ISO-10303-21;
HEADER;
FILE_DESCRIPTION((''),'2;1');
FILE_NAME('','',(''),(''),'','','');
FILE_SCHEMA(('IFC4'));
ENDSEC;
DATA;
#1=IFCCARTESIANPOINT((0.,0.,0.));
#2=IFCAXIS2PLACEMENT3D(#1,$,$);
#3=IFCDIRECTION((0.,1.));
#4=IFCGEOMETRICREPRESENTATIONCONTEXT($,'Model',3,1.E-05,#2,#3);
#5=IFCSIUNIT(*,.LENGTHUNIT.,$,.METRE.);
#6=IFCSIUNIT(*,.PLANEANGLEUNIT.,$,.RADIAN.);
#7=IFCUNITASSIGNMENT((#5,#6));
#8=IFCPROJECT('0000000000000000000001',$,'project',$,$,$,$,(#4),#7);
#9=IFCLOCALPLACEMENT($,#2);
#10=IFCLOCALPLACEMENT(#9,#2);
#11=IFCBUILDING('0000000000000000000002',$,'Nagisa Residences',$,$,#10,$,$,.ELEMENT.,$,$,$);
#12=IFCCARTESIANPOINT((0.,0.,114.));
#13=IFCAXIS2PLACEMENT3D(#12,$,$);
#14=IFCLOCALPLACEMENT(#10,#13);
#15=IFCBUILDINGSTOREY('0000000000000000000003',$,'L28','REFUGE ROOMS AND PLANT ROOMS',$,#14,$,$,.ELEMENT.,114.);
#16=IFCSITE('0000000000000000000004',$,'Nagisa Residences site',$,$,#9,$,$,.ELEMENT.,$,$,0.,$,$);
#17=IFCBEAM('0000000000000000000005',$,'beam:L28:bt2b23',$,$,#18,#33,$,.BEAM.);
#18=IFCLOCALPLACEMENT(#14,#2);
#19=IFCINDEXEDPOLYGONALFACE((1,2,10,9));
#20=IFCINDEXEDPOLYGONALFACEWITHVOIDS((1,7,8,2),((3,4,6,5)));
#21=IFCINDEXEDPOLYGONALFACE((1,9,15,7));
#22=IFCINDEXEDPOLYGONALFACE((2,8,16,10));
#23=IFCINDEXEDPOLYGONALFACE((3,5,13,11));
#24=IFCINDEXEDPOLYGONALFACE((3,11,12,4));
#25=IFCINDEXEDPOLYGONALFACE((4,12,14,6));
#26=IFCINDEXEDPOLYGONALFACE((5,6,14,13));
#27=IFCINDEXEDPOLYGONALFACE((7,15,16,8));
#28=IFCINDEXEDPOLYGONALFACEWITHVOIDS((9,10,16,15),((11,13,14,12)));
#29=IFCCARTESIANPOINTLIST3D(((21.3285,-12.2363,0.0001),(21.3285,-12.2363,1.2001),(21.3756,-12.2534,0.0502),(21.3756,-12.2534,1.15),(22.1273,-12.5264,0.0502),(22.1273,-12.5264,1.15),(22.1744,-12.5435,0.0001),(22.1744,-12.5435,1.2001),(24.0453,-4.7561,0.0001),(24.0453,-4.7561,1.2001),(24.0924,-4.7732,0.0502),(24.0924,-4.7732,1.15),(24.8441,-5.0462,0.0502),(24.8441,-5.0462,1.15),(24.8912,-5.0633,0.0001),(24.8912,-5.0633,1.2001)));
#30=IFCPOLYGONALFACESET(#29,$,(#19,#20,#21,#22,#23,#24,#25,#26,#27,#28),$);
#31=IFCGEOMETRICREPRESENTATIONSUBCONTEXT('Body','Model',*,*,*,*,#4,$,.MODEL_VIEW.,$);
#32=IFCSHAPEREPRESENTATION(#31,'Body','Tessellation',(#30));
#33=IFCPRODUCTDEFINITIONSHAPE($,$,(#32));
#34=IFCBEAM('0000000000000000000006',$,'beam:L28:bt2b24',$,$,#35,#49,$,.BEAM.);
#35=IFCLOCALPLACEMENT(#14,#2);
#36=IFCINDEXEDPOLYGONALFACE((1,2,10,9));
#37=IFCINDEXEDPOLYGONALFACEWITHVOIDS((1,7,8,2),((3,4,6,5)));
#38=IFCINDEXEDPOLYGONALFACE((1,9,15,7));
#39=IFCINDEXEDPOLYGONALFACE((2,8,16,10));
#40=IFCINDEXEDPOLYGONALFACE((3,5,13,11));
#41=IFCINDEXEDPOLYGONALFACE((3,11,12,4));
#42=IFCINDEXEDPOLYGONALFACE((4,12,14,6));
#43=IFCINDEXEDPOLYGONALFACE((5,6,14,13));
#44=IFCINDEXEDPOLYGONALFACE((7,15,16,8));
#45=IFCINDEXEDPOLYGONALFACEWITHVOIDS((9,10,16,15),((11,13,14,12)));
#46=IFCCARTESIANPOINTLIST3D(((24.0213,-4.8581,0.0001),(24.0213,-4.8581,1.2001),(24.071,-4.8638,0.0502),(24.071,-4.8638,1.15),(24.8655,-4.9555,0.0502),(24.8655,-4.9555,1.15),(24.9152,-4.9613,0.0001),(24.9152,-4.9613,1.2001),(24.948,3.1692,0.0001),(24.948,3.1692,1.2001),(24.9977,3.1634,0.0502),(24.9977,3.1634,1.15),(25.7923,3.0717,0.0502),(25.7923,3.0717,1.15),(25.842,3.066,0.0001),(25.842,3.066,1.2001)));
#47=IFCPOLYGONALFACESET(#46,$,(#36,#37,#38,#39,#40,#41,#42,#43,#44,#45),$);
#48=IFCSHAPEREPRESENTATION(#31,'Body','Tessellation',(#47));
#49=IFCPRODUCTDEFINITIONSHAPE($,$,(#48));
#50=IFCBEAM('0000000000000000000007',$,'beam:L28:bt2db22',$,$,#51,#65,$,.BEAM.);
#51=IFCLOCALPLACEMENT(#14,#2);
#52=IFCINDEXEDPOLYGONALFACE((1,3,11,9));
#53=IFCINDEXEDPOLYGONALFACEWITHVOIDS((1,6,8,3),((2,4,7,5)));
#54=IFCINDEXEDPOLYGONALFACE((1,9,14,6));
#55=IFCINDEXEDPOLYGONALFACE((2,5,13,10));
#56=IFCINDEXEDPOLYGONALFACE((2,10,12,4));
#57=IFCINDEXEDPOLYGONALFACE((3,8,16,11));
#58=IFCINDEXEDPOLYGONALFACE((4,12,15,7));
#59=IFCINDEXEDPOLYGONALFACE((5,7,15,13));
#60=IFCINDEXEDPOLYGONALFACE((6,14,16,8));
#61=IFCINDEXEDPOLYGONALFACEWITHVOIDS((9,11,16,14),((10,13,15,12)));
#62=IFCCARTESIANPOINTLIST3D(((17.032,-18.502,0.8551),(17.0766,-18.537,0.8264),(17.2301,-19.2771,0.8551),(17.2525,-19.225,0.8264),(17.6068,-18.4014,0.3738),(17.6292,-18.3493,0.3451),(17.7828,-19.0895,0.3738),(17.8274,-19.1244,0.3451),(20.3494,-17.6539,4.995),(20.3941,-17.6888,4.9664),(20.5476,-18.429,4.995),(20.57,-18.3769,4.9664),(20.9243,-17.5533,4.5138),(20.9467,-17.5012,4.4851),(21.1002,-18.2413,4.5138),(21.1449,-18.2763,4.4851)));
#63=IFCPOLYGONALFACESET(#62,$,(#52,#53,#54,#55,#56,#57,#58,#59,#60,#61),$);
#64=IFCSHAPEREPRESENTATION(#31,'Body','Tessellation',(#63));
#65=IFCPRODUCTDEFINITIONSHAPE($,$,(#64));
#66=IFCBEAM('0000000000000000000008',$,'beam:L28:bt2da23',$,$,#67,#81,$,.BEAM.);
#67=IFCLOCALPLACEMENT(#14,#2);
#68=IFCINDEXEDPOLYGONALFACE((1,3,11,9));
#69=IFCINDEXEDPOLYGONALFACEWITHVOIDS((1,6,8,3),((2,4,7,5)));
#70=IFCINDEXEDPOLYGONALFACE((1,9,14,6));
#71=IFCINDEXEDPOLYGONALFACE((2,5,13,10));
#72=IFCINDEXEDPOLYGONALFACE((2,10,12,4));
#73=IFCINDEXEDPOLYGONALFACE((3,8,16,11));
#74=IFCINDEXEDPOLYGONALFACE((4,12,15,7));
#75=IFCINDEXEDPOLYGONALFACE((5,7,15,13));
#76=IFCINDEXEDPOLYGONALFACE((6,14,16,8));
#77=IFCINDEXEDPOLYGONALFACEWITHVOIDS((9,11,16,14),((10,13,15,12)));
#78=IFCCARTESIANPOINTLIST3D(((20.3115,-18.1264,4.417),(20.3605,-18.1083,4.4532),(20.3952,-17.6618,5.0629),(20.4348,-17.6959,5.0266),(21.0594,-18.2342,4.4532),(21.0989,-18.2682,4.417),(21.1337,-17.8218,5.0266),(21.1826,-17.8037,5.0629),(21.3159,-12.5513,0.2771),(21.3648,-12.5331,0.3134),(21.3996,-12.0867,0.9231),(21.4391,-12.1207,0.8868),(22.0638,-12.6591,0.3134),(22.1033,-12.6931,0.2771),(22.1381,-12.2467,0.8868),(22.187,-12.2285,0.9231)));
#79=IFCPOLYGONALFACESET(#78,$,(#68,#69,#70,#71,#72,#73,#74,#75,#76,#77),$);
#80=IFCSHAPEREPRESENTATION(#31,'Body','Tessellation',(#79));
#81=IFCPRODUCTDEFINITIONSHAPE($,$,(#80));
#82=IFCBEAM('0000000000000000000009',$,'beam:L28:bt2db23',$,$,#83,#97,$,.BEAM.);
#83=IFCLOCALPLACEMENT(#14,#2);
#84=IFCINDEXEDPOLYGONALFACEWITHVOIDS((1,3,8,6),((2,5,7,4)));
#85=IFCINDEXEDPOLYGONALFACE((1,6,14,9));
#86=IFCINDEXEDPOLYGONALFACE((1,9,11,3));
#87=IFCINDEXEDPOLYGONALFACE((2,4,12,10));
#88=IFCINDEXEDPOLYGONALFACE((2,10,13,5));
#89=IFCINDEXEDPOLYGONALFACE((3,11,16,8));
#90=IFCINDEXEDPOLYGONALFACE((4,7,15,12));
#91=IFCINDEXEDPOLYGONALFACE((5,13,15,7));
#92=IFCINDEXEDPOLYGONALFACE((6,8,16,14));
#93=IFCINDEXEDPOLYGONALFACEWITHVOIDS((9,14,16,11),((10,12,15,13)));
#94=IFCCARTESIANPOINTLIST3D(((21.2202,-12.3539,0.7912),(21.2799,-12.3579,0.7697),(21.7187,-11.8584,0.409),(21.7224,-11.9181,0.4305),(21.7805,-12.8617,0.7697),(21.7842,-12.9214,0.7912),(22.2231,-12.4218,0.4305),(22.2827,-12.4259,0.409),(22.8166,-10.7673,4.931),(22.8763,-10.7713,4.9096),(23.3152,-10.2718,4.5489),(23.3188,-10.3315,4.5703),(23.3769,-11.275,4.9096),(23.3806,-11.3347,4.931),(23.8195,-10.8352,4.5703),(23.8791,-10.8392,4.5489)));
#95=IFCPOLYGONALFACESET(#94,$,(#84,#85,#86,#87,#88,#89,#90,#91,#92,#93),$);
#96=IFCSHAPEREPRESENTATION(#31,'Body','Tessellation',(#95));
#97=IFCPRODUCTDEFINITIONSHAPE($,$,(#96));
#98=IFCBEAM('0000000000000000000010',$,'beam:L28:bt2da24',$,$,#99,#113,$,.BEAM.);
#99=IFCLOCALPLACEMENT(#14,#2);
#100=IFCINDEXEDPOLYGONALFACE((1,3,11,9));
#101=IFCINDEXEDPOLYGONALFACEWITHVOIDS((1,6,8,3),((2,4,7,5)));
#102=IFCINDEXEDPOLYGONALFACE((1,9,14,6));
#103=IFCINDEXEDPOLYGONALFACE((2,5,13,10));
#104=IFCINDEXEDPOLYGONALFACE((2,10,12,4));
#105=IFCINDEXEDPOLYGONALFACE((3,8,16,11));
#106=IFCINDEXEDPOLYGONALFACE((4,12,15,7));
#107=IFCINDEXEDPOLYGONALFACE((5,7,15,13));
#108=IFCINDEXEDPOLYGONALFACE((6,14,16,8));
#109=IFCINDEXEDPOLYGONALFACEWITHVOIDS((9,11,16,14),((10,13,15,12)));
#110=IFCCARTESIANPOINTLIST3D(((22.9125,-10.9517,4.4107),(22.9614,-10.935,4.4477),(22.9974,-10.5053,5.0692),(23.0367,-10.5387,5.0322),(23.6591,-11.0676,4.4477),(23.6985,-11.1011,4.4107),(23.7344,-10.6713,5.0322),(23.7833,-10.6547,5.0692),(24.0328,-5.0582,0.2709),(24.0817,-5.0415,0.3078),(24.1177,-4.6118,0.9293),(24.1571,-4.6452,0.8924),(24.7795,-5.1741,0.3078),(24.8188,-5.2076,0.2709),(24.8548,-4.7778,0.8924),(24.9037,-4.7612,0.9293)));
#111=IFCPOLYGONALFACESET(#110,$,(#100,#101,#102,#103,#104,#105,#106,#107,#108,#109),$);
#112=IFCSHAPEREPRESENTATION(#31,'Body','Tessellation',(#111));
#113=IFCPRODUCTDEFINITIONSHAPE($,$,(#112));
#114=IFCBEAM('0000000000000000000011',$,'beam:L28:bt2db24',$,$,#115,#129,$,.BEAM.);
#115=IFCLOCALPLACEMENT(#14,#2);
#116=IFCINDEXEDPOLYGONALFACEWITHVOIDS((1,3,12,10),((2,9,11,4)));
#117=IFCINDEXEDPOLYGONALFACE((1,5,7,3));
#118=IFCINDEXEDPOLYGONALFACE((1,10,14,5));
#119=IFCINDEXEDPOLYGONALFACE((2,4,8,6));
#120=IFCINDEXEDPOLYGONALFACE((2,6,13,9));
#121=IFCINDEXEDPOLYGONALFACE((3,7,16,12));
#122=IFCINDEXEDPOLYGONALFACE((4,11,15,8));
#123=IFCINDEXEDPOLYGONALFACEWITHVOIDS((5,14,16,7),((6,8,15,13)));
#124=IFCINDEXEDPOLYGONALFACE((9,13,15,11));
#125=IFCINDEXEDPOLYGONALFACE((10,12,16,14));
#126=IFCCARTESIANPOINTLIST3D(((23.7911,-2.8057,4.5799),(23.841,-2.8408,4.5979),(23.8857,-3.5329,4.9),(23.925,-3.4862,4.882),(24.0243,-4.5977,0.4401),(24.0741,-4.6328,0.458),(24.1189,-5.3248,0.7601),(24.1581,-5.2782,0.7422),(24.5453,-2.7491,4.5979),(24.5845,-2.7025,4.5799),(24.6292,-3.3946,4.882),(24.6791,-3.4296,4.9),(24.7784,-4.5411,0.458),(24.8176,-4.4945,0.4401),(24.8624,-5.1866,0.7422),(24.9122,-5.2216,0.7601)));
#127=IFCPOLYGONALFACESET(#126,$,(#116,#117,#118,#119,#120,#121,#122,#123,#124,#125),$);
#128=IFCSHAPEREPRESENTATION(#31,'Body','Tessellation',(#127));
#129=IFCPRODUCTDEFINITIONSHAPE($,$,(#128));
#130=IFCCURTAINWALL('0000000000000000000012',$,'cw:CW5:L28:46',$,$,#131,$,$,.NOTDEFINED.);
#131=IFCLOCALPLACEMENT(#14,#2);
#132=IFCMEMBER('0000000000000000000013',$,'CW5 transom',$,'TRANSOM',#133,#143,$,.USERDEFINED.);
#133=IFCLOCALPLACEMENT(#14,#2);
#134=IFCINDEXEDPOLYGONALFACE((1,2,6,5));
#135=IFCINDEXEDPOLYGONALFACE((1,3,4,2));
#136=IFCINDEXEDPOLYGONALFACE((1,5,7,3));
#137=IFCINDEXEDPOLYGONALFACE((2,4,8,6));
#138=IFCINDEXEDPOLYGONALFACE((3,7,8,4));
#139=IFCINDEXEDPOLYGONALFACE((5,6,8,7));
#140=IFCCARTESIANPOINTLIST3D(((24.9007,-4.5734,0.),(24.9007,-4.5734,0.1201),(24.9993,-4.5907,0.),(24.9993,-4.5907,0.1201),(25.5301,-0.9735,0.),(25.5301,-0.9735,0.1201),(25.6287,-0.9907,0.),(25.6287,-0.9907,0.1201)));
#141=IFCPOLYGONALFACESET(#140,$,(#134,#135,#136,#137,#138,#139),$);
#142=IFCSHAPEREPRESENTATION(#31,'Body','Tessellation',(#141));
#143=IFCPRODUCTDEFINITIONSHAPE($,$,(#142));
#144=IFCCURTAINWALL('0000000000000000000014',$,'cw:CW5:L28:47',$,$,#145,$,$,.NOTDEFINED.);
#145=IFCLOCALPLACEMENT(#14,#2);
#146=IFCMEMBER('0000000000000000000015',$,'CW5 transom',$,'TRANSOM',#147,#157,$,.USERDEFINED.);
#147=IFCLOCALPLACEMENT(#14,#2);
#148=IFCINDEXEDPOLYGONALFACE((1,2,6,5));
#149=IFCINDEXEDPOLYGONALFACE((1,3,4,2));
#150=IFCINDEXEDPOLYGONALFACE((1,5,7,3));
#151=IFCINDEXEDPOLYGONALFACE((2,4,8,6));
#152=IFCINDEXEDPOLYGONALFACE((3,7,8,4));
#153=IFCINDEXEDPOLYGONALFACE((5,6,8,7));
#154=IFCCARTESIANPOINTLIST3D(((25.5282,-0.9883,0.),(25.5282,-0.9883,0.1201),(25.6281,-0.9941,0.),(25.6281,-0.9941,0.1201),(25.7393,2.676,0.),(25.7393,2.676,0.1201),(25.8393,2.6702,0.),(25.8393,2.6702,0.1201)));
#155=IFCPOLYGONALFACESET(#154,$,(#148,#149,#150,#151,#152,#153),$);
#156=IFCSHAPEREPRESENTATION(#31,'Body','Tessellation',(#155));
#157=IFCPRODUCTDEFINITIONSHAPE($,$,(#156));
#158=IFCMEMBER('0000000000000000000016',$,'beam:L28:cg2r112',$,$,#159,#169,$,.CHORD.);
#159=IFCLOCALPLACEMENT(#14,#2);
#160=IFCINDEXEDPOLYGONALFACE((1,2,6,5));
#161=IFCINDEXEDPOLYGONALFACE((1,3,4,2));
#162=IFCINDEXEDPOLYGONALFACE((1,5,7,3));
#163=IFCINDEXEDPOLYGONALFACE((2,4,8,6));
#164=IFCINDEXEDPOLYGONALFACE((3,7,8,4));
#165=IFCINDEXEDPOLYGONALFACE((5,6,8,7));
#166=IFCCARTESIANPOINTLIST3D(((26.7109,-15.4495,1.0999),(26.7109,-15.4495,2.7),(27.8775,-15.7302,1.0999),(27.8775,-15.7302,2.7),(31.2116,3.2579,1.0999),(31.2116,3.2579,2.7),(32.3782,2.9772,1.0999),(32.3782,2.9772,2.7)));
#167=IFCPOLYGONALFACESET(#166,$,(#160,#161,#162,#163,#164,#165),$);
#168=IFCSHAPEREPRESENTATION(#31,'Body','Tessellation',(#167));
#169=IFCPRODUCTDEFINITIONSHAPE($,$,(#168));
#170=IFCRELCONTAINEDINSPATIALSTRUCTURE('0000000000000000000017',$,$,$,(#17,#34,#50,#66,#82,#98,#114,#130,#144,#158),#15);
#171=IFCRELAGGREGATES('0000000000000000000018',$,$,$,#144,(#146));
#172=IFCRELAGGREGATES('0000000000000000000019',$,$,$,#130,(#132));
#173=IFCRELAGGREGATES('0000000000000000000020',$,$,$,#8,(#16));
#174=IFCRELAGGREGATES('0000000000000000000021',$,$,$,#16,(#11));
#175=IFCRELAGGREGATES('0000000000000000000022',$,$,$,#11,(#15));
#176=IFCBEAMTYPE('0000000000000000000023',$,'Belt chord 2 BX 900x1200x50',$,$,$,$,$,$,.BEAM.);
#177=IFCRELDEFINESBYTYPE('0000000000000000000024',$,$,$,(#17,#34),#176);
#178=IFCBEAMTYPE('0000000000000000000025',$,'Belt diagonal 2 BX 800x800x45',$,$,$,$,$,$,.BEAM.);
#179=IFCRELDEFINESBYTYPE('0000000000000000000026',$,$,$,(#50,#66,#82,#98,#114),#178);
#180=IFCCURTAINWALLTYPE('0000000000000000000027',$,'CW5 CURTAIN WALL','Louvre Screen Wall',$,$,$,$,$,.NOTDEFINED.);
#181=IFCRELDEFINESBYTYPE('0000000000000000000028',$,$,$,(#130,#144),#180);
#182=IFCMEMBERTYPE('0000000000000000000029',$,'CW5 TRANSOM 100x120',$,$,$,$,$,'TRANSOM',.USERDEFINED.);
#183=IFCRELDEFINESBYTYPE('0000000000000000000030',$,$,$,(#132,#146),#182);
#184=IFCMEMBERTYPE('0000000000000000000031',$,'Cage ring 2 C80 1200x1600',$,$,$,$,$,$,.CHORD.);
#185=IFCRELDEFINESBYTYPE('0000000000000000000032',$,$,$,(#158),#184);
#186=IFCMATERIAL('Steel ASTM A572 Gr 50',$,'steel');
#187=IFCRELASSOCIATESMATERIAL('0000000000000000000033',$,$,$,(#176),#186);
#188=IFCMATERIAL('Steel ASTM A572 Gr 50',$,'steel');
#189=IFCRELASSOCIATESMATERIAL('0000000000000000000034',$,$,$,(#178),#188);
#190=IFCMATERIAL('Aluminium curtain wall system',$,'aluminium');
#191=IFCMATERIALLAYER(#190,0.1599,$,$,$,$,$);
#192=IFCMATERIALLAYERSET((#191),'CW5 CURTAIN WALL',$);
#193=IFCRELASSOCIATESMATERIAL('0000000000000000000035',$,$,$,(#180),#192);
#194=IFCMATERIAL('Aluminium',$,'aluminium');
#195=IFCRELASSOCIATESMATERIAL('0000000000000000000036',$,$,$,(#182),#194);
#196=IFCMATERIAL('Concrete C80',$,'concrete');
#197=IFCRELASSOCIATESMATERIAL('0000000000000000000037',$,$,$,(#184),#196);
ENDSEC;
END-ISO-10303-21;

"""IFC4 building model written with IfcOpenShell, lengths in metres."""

from ifc_helpers import new_model, si_unit, direction, frame, origin, origin_2d, place, context, subcontext, project, spatial, rectangle, hollow_rectangle, extrude, material, layer, layer_set, material_profile, profile_set, type_object, element, aggregate, save


model = new_model("IFC4")

# Units and contexts
model_context = context("Model", 3, precision=1e-05, world=origin(), true_north=direction((0.0, 1.0)))
body_context = subcontext(model_context, "Body", "Model", "MODEL_VIEW")
ifc_project = project(units=[si_unit("LENGTHUNIT", "METRE"), si_unit("PLANEANGLEUNIT", "RADIAN")], contexts=[model_context])

# Site, building, storey
site_placement = place(None, origin())
site = spatial("IfcSite", under=ifc_project, at=site_placement, Name="Nagisa Residences site", CompositionType="ELEMENT", RefElevation=0.0)
building_placement = place(site_placement, origin())
building = spatial("IfcBuilding", under=site, at=building_placement, Name="Nagisa Residences", CompositionType="ELEMENT")
storey_placement = place(building_placement, frame((0.0, 0.0, 114.0)))
storey = spatial("IfcBuildingStorey", under=building, at=storey_placement, Name="L28", Description="REFUGE ROOMS AND PLANT ROOMS", CompositionType="ELEMENT", Elevation=114.0)

# Beams
ifc_material_1 = material(Name="Steel ASTM A572 Gr 50", Category="steel")
ifc_material_profile_1 = material_profile(ifc_material_1, hollow_rectangle(XDim=0.8999, YDim=1.2, WallThickness=0.05, at=origin_2d()), Name="BX 900x1200x50")
ifc_profile_set_1 = profile_set([ifc_material_profile_1], Name="Steel ASTM A572 Gr 50")
beam_type_1 = type_object("IfcBeamType", Name="Belt chord 2 BX 900x1200x50", PredefinedType="BEAM", material=ifc_profile_set_1)
beam_1_placement = place(storey_placement, frame((21.7515, -12.3899, 0.6001), z_axis=(0.341378, 0.939926, 0.0), x_axis=(-0.939926, 0.341378, 0.0)))
element("IfcBeam", 1, at=beam_1_placement, inside=storey, type_object=beam_type_1, Name="beam:L28:bt2b23", PredefinedType="BEAM", context=body_context, shape_type="SweptSolid", body=[
    extrude(hollow_rectangle(XDim=0.8999, YDim=1.2, WallThickness=0.05, at=origin_2d()), origin(), (0.0, 0.0, 1.0), 7.9583),
])
beam_2_placement = place(storey_placement, frame((24.4683, -4.9097, 0.6001), z_axis=(0.114688, 0.993402, 0.0), x_axis=(-0.993402, 0.114688, 0.0)))
element("IfcBeam", 2, at=beam_2_placement, inside=storey, type_object=beam_type_1, Name="beam:L28:bt2b24", PredefinedType="BEAM", context=body_context, shape_type="SweptSolid", body=[
    extrude(hollow_rectangle(XDim=0.8999, YDim=1.2, WallThickness=0.05, at=origin_2d()), origin(), (0.0, 0.0, 1.0), 8.0806),
])
ifc_material_2 = material(Name="Steel ASTM A572 Gr 50", Category="steel")
ifc_material_profile_2 = material_profile(ifc_material_2, hollow_rectangle(XDim=0.8, YDim=0.8, WallThickness=0.0449, at=origin_2d()), Name="BX 800x800x45")
ifc_profile_set_2 = profile_set([ifc_material_profile_2], Name="Steel ASTM A572 Gr 50")
beam_type_2 = type_object("IfcBeamType", Name="Belt diagonal 2 BX 800x800x45", PredefinedType="BEAM", material=ifc_profile_set_2)
beam_3_placement = place(storey_placement, frame((17.4297, -18.8132, 0.6001), z_axis=(0.617482, 0.15787, 0.77058), x_axis=(-0.247699, 0.968837, 0.0)))
element("IfcBeam", 3, at=beam_3_placement, inside=storey, type_object=beam_type_2, Name="beam:L28:bt2db22", PredefinedType="BEAM", context=body_context, shape_type="SweptSolid", body=[
    extrude(hollow_rectangle(XDim=0.8, YDim=0.8, WallThickness=0.0449, at=origin_2d()), origin(), (0.0, 0.0, 1.0), 5.3726),
])
beam_4_placement = place(storey_placement, frame((21.7515, -12.3899, 0.6001), z_axis=(-0.143149, -0.794591, 0.590028), x_axis=(0.984157, -0.1773, 0.0)))
element("IfcBeam", 4, at=beam_4_placement, inside=storey, type_object=beam_type_2, Name="beam:L28:bt2da23", PredefinedType="BEAM", context=body_context, shape_type="SweptSolid", body=[
    extrude(hollow_rectangle(XDim=0.8, YDim=0.8, WallThickness=0.0449, at=origin_2d()), origin(), (0.0, 0.0, 1.0), 7.0164),
])
beam_5_placement = place(storey_placement, frame((21.7515, -12.3899, 0.6001), z_axis=(0.338788, 0.336715, 0.878548), x_axis=(-0.704934, 0.709273, 0.0)))
element("IfcBeam", 5, at=beam_5_placement, inside=storey, type_object=beam_type_2, Name="beam:L28:bt2db23", PredefinedType="BEAM", context=body_context, shape_type="SweptSolid", body=[
    extrude(hollow_rectangle(XDim=0.8, YDim=0.8, WallThickness=0.0449, at=origin_2d()), origin(), (0.0, 0.0, 1.0), 4.7122),
])
beam_6_placement = place(storey_placement, frame((24.4683, -4.9097, 0.6001), z_axis=(-0.153708, -0.808567, 0.567973), x_axis=(0.982407, -0.186755, 0.0)))
element("IfcBeam", 6, at=beam_6_placement, inside=storey, type_object=beam_type_2, Name="beam:L28:bt2da24", PredefinedType="BEAM", context=body_context, shape_type="SweptSolid", body=[
    extrude(hollow_rectangle(XDim=0.8, YDim=0.8, WallThickness=0.0449, at=origin_2d()), origin(), (0.0, 0.0, 1.0), 7.2888),
])
beam_7_placement = place(storey_placement, frame((24.4683, -4.9097, 0.6001), z_axis=(-0.051616, 0.396712, 0.916491), x_axis=(-0.991642, -0.129022, 0.0)))
element("IfcBeam", 7, at=beam_7_placement, inside=storey, type_object=beam_type_2, Name="beam:L28:bt2db24", PredefinedType="BEAM", context=body_context, shape_type="SweptSolid", body=[
    extrude(hollow_rectangle(XDim=0.8, YDim=0.8, WallThickness=0.0449, at=origin_2d()), origin(), (0.0, 0.0, 1.0), 4.5171),
])

# Curtain walls, members
ifc_material_3 = material(Name="Aluminium curtain wall system", Category="aluminium")
ifc_layer_1 = layer(ifc_material_3, 0.1599)
ifc_layer_set_1 = layer_set([ifc_layer_1], Name="CW5 CURTAIN WALL")
curtain_wall_type = type_object("IfcCurtainWallType", Name="CW5 CURTAIN WALL", Description="Louvre Screen Wall", PredefinedType="NOTDEFINED", material=ifc_layer_set_1)
curtain_wall_1_placement = place(storey_placement, origin())
curtain_wall_1 = element("IfcCurtainWall", 8, at=curtain_wall_1_placement, inside=storey, type_object=curtain_wall_type, Name="cw:CW5:L28:46", PredefinedType="NOTDEFINED")
ifc_material_4 = material(Name="Aluminium", Category="aluminium")
ifc_material_profile_3 = material_profile(ifc_material_4, rectangle(XDim=0.1001, YDim=0.1201, at=origin_2d()), Name="CW5 TRANSOM 100x120")
ifc_profile_set_3 = profile_set([ifc_material_profile_3], Name="Aluminium")
member_type_1 = type_object("IfcMemberType", Name="CW5 TRANSOM 100x120", ElementType="TRANSOM", PredefinedType="USERDEFINED", material=ifc_profile_set_3)
member_1_placement = place(storey_placement, frame((24.95, -4.582, 0.0601), z_axis=(0.172226, 0.985057, 0.0), x_axis=(-0.985057, 0.172226, 0.0)))
member_1 = element("IfcMember", 9, at=member_1_placement, type_object=member_type_1, Name="CW5 transom", ObjectType="TRANSOM", PredefinedType="USERDEFINED", context=body_context, shape_type="SweptSolid", body=[
    extrude(rectangle(XDim=0.1001, YDim=0.1201, at=origin_2d()), origin(), (0.0, 0.0, 1.0), 3.6545),
])
curtain_wall_2_placement = place(storey_placement, origin())
curtain_wall_2 = element("IfcCurtainWall", 10, at=curtain_wall_2_placement, inside=storey, type_object=curtain_wall_type, Name="cw:CW5:L28:47", PredefinedType="NOTDEFINED")
member_2_placement = place(storey_placement, frame((25.5781, -0.9912, 0.0601), z_axis=(0.057537, 0.998343, 0.0), x_axis=(-0.998343, 0.057537, 0.0)))
member_2 = element("IfcMember", 11, at=member_2_placement, type_object=member_type_1, Name="CW5 transom", ObjectType="TRANSOM", PredefinedType="USERDEFINED", context=body_context, shape_type="SweptSolid", body=[
    extrude(rectangle(XDim=0.1001, YDim=0.1201, at=origin_2d()), origin(), (0.0, 0.0, 1.0), 3.6704),
])
aggregate(curtain_wall_2, [member_2])

# Member
ifc_material_5 = material(Name="Concrete C80", Category="concrete")
ifc_material_profile_4 = material_profile(ifc_material_5, rectangle(XDim=1.2, YDim=1.6001, at=origin_2d()), Name="C80 1200x1600")
ifc_profile_set_4 = profile_set([ifc_material_profile_4], Name="Concrete C80")
member_type_2 = type_object("IfcMemberType", Name="Cage ring 2 C80 1200x1600", PredefinedType="CHORD", material=ifc_profile_set_4)
member_3_placement = place(storey_placement, frame((27.2942, -15.5898, 1.8999), z_axis=(0.23391, 0.972258, 0.0), x_axis=(-0.972258, 0.23391, 0.0)))
element("IfcMember", 12, at=member_3_placement, inside=storey, type_object=member_type_2, Name="beam:L28:cg2r112", PredefinedType="CHORD", context=body_context, shape_type="SweptSolid", body=[
    extrude(rectangle(XDim=1.2, YDim=1.6001, at=origin_2d()), origin(), (0.0, 0.0, 1.0), 19.2412),
])

aggregate(curtain_wall_1, [member_1])

save(model, "model.ifc")
